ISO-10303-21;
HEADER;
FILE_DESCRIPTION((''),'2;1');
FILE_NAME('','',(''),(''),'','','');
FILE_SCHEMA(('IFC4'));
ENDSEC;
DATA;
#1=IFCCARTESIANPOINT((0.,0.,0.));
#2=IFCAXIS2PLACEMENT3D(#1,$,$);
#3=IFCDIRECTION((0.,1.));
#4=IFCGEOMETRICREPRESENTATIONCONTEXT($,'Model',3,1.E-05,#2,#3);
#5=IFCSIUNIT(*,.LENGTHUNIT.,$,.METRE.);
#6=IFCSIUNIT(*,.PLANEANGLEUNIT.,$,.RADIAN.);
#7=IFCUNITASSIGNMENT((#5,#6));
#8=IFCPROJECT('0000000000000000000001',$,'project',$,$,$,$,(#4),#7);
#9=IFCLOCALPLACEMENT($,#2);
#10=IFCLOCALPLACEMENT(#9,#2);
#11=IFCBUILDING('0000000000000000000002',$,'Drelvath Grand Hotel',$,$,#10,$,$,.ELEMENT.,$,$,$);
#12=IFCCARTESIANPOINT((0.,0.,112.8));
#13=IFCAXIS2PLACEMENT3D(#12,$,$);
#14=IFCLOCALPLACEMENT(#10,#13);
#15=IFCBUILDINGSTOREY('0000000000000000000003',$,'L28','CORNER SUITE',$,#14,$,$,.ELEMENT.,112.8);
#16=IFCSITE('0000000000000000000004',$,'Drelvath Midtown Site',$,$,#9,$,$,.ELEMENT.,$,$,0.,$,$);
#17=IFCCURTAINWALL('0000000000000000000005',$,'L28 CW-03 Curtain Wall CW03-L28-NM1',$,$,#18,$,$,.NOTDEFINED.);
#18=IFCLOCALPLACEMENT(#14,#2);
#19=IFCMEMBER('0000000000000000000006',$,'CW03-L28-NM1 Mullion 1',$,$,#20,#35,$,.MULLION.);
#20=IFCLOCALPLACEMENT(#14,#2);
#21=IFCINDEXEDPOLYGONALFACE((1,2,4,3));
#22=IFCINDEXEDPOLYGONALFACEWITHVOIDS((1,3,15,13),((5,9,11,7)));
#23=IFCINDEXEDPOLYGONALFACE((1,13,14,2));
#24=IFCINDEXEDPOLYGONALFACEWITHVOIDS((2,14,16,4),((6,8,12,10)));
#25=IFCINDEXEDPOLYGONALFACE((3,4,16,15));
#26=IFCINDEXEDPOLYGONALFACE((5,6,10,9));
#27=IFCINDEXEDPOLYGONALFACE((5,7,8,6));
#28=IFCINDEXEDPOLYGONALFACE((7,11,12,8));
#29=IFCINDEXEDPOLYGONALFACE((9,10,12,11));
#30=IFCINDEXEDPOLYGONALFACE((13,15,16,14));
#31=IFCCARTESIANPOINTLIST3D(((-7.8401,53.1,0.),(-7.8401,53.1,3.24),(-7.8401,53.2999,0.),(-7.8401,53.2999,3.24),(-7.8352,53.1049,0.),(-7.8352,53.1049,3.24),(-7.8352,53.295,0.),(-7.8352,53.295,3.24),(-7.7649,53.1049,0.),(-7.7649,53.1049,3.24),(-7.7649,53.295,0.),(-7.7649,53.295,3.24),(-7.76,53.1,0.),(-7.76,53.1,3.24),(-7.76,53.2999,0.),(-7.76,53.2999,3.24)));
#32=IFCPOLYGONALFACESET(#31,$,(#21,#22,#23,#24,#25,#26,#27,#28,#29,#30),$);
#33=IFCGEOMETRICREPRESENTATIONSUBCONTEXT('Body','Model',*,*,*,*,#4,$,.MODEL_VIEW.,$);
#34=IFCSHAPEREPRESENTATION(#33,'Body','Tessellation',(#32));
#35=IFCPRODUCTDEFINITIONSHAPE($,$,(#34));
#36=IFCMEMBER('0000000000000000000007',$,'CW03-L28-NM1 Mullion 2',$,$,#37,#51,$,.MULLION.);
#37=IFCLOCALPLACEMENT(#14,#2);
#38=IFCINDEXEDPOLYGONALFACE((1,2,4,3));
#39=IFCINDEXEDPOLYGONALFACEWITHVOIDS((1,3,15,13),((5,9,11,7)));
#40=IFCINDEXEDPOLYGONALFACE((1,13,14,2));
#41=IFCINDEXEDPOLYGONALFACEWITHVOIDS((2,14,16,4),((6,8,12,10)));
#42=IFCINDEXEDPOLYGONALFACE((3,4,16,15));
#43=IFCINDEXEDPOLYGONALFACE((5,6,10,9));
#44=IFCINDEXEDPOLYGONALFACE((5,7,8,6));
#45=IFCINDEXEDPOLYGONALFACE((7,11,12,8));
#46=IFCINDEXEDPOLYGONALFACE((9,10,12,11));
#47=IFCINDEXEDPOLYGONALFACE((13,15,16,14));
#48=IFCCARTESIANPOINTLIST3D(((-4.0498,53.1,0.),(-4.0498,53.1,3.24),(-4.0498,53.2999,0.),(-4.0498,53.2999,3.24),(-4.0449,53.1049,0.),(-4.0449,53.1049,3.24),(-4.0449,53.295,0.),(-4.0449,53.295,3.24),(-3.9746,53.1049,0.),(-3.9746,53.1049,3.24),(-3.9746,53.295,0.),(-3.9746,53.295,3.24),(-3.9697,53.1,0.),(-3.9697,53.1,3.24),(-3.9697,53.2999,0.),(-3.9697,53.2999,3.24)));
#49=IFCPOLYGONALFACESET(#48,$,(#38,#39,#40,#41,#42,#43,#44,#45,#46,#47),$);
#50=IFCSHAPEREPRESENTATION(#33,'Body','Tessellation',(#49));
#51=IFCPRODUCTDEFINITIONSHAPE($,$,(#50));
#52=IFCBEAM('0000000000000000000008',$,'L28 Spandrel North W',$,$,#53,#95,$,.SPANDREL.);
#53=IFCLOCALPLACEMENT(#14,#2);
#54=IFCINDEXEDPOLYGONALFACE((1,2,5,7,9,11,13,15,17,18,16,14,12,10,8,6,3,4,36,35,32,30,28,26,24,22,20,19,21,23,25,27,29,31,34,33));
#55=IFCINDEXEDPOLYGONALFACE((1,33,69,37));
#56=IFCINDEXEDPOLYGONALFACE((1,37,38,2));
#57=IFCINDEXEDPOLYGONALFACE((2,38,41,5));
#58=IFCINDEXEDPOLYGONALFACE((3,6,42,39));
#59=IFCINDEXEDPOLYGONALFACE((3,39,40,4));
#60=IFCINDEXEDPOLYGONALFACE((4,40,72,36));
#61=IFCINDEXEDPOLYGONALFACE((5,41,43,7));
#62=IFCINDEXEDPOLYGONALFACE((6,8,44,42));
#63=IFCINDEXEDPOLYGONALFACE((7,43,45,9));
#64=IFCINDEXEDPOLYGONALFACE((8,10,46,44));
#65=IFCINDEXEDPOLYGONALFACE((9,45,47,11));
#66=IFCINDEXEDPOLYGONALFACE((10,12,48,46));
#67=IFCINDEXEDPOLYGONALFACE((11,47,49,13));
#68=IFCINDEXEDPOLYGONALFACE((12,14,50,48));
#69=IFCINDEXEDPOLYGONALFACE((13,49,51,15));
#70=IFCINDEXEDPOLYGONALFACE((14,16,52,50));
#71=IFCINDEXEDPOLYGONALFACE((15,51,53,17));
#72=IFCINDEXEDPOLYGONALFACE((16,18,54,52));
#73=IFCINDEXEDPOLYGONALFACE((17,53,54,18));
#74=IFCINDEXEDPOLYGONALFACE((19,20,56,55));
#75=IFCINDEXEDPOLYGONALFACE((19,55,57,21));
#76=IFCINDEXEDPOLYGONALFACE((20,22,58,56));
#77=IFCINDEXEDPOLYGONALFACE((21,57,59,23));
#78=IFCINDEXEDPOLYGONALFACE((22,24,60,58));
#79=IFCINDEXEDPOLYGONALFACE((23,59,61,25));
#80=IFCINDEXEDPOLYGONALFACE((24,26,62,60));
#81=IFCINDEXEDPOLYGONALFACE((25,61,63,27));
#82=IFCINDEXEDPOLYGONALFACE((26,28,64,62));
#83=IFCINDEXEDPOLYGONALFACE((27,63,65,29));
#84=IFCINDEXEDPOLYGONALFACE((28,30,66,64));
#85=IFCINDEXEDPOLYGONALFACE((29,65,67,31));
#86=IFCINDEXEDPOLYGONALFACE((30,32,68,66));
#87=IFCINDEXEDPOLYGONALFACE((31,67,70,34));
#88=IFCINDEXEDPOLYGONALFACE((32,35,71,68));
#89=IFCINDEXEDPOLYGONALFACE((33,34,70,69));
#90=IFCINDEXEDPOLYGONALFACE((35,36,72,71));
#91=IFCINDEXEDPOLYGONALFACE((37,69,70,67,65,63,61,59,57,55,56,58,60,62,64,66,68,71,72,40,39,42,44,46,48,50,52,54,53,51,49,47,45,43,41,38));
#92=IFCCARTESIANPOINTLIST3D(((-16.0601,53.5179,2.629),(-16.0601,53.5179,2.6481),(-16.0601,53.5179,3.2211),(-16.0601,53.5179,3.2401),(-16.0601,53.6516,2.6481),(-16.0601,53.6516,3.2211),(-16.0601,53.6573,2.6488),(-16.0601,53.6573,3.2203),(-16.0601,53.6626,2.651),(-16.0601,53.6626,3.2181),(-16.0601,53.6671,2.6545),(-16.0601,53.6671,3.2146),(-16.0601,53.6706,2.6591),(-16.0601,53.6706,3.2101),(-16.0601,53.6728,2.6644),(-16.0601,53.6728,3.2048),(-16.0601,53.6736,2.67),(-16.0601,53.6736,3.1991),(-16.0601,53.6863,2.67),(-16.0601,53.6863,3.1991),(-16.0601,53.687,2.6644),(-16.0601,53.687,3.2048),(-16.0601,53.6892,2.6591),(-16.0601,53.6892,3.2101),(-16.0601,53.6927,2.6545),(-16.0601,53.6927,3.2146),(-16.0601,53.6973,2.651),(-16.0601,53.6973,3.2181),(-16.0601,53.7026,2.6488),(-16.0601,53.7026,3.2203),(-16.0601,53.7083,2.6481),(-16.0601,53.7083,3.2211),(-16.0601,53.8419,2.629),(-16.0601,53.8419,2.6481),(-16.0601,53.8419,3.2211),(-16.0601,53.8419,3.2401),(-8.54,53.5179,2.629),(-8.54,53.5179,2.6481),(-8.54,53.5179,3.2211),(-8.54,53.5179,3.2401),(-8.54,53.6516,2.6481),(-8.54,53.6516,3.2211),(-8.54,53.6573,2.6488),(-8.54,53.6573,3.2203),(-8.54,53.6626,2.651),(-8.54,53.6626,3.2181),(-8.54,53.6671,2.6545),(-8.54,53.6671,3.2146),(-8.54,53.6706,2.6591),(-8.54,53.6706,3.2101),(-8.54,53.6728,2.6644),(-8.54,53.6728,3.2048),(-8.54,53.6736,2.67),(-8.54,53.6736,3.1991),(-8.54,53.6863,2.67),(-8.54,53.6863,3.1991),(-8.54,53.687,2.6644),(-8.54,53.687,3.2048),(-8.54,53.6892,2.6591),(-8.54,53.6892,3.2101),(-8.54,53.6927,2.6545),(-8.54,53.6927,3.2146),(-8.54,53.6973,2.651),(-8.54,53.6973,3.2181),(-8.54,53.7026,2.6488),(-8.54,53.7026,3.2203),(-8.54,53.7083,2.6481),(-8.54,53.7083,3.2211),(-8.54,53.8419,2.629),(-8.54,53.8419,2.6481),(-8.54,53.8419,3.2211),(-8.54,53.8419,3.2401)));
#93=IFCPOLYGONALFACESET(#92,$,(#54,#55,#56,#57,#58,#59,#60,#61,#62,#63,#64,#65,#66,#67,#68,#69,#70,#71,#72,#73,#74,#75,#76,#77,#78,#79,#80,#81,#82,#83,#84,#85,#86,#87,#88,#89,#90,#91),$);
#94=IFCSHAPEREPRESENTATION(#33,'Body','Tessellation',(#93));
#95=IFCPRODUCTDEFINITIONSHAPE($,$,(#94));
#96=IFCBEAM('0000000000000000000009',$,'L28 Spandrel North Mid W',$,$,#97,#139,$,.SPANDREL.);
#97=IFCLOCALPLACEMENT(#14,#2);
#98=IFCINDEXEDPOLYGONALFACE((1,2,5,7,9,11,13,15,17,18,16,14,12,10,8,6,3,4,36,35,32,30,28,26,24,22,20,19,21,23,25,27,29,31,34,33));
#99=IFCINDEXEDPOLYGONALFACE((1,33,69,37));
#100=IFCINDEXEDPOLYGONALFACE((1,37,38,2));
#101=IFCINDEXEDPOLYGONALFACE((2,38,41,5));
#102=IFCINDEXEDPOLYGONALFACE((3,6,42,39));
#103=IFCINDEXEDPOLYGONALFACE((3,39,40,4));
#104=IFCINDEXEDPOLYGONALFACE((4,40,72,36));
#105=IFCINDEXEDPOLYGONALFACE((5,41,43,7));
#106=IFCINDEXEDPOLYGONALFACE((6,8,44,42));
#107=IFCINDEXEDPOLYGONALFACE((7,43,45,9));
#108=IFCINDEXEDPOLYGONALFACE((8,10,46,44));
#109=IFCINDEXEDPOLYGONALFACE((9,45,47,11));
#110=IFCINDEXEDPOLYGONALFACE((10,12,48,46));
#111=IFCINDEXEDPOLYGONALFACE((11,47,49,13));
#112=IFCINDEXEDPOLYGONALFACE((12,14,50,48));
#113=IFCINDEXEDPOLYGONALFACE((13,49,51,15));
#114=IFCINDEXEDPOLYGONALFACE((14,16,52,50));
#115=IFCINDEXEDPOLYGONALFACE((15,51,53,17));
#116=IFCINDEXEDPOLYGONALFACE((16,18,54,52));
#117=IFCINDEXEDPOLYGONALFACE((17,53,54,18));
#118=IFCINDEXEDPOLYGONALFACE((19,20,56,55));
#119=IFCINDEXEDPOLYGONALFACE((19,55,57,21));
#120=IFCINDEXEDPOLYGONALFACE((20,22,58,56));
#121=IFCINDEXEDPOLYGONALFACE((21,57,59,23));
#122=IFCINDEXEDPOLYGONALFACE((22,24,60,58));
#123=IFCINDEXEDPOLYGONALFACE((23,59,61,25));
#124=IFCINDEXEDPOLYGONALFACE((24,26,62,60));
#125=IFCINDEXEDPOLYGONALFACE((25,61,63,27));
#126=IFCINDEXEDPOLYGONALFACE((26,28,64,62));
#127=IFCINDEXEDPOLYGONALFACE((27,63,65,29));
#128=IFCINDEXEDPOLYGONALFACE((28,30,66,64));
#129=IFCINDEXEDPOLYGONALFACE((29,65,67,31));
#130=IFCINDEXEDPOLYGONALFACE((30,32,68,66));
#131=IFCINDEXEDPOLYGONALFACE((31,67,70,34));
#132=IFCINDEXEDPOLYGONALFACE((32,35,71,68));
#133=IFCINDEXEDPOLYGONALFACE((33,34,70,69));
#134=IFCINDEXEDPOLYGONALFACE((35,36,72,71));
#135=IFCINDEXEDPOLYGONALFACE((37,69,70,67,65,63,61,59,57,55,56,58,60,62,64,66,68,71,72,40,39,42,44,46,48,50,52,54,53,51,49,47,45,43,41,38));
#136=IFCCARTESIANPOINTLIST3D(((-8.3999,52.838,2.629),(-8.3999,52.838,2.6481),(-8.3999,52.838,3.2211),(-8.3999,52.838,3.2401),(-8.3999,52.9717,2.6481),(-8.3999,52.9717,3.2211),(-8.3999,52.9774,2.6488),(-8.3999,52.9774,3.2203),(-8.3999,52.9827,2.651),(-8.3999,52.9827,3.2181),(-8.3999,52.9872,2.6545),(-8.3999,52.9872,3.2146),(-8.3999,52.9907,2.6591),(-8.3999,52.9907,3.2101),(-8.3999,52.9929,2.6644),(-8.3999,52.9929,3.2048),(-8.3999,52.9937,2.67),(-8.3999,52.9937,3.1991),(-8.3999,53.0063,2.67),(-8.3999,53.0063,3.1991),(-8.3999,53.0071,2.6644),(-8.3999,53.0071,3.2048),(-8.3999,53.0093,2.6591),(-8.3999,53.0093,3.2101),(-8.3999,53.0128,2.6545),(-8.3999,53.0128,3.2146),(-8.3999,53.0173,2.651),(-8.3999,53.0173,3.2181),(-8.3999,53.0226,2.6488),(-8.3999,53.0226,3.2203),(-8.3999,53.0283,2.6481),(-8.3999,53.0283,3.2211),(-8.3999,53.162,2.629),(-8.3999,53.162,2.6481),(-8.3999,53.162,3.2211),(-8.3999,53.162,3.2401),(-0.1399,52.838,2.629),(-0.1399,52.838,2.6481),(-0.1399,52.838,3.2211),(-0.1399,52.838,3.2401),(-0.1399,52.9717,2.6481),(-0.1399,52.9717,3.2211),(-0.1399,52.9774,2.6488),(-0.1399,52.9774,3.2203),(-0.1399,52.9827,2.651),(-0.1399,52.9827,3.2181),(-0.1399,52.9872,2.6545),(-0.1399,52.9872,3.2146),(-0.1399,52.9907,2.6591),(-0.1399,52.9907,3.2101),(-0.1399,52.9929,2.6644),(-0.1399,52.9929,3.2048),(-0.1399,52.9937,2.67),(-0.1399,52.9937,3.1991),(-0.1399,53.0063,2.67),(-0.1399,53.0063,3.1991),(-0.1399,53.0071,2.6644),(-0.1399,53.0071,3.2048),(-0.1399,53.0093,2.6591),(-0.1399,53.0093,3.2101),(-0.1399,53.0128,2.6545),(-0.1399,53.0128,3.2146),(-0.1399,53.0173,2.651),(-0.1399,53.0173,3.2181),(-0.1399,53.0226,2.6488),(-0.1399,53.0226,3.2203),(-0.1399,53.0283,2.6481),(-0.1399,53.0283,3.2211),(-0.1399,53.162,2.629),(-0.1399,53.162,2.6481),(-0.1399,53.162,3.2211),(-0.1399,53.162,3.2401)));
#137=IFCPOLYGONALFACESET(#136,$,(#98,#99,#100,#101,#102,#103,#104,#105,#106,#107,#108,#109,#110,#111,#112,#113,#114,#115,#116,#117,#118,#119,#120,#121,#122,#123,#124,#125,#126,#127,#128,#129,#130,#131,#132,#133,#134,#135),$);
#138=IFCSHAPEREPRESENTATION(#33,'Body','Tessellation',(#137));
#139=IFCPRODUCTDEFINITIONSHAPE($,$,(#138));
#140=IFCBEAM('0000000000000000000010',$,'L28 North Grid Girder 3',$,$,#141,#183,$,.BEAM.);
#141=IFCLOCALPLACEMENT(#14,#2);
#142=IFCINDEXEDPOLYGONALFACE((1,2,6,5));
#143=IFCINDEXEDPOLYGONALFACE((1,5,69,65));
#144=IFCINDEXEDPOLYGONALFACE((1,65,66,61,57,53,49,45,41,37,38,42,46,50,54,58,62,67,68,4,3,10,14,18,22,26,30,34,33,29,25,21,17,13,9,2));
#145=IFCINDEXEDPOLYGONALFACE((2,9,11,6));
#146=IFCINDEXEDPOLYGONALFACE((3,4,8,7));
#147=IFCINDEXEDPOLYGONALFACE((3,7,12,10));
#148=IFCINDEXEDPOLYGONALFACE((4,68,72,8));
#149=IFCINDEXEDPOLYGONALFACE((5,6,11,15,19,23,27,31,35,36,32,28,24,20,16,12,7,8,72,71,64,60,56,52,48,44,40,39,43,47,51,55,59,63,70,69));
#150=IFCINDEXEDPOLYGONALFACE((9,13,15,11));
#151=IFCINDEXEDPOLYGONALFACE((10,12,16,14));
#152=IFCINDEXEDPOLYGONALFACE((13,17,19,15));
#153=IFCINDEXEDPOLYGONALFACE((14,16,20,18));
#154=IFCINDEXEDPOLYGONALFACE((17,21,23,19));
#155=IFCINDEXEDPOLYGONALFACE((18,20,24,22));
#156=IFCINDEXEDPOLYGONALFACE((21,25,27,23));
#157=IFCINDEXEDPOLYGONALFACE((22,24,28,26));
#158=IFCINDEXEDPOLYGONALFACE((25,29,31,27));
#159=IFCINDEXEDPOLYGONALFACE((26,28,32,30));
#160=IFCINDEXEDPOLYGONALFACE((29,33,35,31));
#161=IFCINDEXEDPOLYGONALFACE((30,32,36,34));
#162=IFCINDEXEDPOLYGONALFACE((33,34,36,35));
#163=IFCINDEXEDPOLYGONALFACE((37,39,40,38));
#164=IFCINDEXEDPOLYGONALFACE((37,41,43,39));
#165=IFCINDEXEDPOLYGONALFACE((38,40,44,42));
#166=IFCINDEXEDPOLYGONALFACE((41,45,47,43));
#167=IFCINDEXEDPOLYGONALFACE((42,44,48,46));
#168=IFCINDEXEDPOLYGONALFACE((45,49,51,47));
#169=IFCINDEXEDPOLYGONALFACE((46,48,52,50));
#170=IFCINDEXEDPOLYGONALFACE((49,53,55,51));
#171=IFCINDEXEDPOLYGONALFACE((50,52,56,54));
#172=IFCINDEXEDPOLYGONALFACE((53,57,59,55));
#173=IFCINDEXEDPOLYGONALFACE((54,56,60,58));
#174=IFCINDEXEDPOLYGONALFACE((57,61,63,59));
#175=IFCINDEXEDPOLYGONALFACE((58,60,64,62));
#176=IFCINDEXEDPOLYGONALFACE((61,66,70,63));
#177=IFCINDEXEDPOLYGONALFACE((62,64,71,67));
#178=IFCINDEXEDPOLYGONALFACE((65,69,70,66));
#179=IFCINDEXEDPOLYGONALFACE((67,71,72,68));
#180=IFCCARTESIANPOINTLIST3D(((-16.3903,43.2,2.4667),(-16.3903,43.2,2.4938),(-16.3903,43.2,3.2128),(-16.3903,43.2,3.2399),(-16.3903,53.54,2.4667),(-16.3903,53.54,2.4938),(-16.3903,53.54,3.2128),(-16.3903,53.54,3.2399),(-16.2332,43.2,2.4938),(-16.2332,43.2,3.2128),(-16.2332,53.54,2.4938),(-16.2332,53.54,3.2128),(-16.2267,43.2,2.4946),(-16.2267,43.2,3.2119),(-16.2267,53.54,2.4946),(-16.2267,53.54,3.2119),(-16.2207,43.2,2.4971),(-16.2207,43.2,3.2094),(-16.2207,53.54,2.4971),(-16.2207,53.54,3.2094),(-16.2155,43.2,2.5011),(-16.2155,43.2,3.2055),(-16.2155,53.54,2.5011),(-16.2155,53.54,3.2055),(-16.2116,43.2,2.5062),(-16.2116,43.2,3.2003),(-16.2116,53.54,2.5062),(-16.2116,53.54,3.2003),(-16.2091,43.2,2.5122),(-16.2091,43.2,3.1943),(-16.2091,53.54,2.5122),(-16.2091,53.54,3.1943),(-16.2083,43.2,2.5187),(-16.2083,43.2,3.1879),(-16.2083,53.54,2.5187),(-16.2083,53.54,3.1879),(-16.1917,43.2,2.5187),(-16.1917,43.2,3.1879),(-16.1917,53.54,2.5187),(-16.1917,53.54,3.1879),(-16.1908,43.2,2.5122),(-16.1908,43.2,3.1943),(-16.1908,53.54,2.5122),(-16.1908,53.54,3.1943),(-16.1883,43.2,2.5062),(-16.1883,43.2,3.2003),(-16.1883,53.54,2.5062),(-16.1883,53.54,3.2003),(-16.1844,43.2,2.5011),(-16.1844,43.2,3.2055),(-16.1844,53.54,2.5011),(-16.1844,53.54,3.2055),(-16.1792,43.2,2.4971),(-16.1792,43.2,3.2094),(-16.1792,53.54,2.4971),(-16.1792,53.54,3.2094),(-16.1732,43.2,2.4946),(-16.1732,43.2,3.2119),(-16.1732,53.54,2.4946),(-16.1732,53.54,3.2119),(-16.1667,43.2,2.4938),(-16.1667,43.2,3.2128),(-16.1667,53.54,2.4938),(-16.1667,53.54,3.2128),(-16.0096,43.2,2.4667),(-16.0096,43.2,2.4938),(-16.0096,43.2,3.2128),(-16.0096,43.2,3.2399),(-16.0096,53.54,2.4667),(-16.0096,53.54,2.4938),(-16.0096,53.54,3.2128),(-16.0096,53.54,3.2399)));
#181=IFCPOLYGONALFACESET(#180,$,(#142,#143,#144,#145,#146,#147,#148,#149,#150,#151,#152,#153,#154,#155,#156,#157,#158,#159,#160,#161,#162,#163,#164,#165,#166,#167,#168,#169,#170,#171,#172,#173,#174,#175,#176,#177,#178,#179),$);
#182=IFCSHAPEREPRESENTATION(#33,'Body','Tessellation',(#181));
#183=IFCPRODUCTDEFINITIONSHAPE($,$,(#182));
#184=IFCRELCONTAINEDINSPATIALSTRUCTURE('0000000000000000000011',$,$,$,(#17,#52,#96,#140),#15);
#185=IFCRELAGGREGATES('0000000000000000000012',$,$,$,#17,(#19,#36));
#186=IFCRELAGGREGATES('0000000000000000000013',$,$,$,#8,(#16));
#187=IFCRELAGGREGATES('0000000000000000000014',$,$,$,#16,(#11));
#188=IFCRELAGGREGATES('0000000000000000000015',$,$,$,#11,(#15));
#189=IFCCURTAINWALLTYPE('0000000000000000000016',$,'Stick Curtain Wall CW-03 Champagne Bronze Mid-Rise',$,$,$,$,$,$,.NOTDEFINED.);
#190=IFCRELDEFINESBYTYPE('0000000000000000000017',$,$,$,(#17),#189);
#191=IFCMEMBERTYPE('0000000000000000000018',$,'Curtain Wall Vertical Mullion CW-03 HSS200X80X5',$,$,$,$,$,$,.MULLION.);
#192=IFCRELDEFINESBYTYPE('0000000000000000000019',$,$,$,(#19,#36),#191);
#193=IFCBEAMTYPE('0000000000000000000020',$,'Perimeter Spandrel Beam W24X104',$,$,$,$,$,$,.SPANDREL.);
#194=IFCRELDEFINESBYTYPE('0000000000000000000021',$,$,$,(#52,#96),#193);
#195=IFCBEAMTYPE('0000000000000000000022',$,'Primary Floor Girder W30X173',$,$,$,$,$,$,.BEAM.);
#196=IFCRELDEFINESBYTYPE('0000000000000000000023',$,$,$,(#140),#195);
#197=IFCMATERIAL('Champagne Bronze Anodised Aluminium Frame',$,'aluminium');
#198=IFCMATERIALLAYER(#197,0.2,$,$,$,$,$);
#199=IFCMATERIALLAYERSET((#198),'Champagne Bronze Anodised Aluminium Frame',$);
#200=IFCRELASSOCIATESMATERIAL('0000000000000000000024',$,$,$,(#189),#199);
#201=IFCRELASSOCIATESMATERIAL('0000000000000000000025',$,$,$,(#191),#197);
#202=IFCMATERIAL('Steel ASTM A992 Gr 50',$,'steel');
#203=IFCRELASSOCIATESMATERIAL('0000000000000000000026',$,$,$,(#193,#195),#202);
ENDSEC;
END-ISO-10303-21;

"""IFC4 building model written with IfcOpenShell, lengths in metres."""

from ifc_helpers import new_model, si_unit, direction, frame, origin, origin_2d, place, context, subcontext, project, spatial, hollow_rectangle, i_section, extrude, material, layer, layer_set, material_profile, profile_set, type_object, element, aggregate, save


model = new_model("IFC4")

# Units and contexts
model_context = context("Model", 3, precision=1e-05, world=origin(), true_north=direction((0.0, 1.0)))
body_context = subcontext(model_context, "Body", "Model", "MODEL_VIEW")
ifc_project = project(units=[si_unit("LENGTHUNIT", "METRE"), si_unit("PLANEANGLEUNIT", "RADIAN")], contexts=[model_context])

# Site, building, storey
site_placement = place(None, origin())
site = spatial("IfcSite", under=ifc_project, at=site_placement, Name="Drelvath Midtown Site", CompositionType="ELEMENT", RefElevation=0.0)
building_placement = place(site_placement, origin())
building = spatial("IfcBuilding", under=site, at=building_placement, Name="Drelvath Grand Hotel", CompositionType="ELEMENT")
storey_placement = place(building_placement, frame((0.0, 0.0, 112.8)))
storey = spatial("IfcBuildingStorey", under=building, at=storey_placement, Name="L28", Description="CORNER SUITE", CompositionType="ELEMENT", Elevation=112.8)

# Curtain wall
ifc_material_1 = material(Name="Champagne Bronze Anodised Aluminium Frame", Category="aluminium")
ifc_layer_1 = layer(ifc_material_1, 0.2)
ifc_layer_set_1 = layer_set([ifc_layer_1], Name="Champagne Bronze Anodised Aluminium Frame")
curtain_wall_type = type_object("IfcCurtainWallType", Name="Stick Curtain Wall CW-03 Champagne Bronze Mid-Rise", PredefinedType="NOTDEFINED", material=ifc_layer_set_1)
curtain_wall_1_placement = place(storey_placement, origin())
curtain_wall_1 = element("IfcCurtainWall", 1, at=curtain_wall_1_placement, inside=storey, type_object=curtain_wall_type, Name="L28 CW-03 Curtain Wall CW03-L28-NM1", PredefinedType="NOTDEFINED")

# Members
ifc_material_profile_1 = material_profile(ifc_material_1, hollow_rectangle(XDim=0.0801, YDim=0.2, WallThickness=0.0049, at=origin_2d()), Name="HSS200X80X5")
ifc_profile_set_1 = profile_set([ifc_material_profile_1], Name="Champagne Bronze Anodised Aluminium Frame")
member_type_1 = type_object("IfcMemberType", Name="Curtain Wall Vertical Mullion CW-03 HSS200X80X5", PredefinedType="MULLION", material=ifc_profile_set_1)
member_1_placement = place(storey_placement, frame((-7.8, 53.2, 0.0), z_axis=(0.0, 0.0, 1.0), x_axis=(1.0, 0.0, 0.0)))
member_1 = element("IfcMember", 2, at=member_1_placement, type_object=member_type_1, Name="CW03-L28-NM1 Mullion 1", PredefinedType="MULLION", context=body_context, shape_type="SweptSolid", body=[
    extrude(hollow_rectangle(XDim=0.0801, YDim=0.2, WallThickness=0.0049, at=origin_2d()), origin(), (0.0, 0.0, 1.0), 3.24),
])
member_2_placement = place(storey_placement, frame((-4.0098, 53.2, 0.0), z_axis=(0.0, 0.0, 1.0), x_axis=(1.0, 0.0, 0.0)))
member_2 = element("IfcMember", 3, at=member_2_placement, type_object=member_type_1, Name="CW03-L28-NM1 Mullion 2", PredefinedType="MULLION", context=body_context, shape_type="SweptSolid", body=[
    extrude(hollow_rectangle(XDim=0.0801, YDim=0.2, WallThickness=0.0049, at=origin_2d()), origin(), (0.0, 0.0, 1.0), 3.24),
])

# Beams
ifc_material_2 = material(Name="Steel ASTM A992 Gr 50", Category="steel")
ifc_material_profile_2 = material_profile(ifc_material_2, i_section(OverallWidth=0.324, OverallDepth=0.6111, WebThickness=0.0127, FlangeThickness=0.019, FilletRadius=0.022, at=origin_2d()), Name="W24X104")
ifc_profile_set_2 = profile_set([ifc_material_profile_2], Name="Steel ASTM A992 Gr 50")
beam_type_1 = type_object("IfcBeamType", Name="Perimeter Spandrel Beam W24X104", PredefinedType="SPANDREL", material=ifc_profile_set_2)
beam_1_placement = place(storey_placement, frame((-16.0601, 53.6799, 2.9346), z_axis=(1.0, 0.0, 0.0), x_axis=(0.0, 1.0, 0.0)))
element("IfcBeam", 4, at=beam_1_placement, inside=storey, type_object=beam_type_1, Name="L28 Spandrel North W", PredefinedType="SPANDREL", context=body_context, shape_type="SweptSolid", body=[
    extrude(i_section(OverallWidth=0.324, OverallDepth=0.6111, WebThickness=0.0127, FlangeThickness=0.019, FilletRadius=0.022, at=origin_2d()), origin(), (0.0, 0.0, 1.0), 7.52),
])
beam_2_placement = place(storey_placement, frame((-8.3999, 53.0, 2.9346), z_axis=(1.0, 0.0, 0.0), x_axis=(0.0, 1.0, 0.0)))
element("IfcBeam", 5, at=beam_2_placement, inside=storey, type_object=beam_type_1, Name="L28 Spandrel North Mid W", PredefinedType="SPANDREL", context=body_context, shape_type="SweptSolid", body=[
    extrude(i_section(OverallWidth=0.324, OverallDepth=0.6111, WebThickness=0.0127, FlangeThickness=0.019, FilletRadius=0.022, at=origin_2d()), origin(), (0.0, 0.0, 1.0), 8.26),
])
ifc_material_profile_3 = material_profile(ifc_material_2, i_section(OverallWidth=0.3806, OverallDepth=0.7732, WebThickness=0.0166, FlangeThickness=0.0271, FilletRadius=0.0249, at=origin_2d()), Name="W30X173")
ifc_profile_set_3 = profile_set([ifc_material_profile_3], Name="Steel ASTM A992 Gr 50")
beam_type_2 = type_object("IfcBeamType", Name="Primary Floor Girder W30X173", PredefinedType="BEAM", material=ifc_profile_set_3)
beam_3_placement = place(storey_placement, frame((-16.2, 43.2, 2.8533), z_axis=(0.0, 1.0, 0.0), x_axis=(-1.0, 0.0, 0.0)))
element("IfcBeam", 6, at=beam_3_placement, inside=storey, type_object=beam_type_2, Name="L28 North Grid Girder 3", PredefinedType="BEAM", context=body_context, shape_type="SweptSolid", body=[
    extrude(i_section(OverallWidth=0.3806, OverallDepth=0.7732, WebThickness=0.0166, FlangeThickness=0.0271, FilletRadius=0.0249, at=origin_2d()), origin(), (0.0, 0.0, 1.0), 10.3401),
])

aggregate(curtain_wall_1, [member_1, member_2])

save(model, "model.ifc")
